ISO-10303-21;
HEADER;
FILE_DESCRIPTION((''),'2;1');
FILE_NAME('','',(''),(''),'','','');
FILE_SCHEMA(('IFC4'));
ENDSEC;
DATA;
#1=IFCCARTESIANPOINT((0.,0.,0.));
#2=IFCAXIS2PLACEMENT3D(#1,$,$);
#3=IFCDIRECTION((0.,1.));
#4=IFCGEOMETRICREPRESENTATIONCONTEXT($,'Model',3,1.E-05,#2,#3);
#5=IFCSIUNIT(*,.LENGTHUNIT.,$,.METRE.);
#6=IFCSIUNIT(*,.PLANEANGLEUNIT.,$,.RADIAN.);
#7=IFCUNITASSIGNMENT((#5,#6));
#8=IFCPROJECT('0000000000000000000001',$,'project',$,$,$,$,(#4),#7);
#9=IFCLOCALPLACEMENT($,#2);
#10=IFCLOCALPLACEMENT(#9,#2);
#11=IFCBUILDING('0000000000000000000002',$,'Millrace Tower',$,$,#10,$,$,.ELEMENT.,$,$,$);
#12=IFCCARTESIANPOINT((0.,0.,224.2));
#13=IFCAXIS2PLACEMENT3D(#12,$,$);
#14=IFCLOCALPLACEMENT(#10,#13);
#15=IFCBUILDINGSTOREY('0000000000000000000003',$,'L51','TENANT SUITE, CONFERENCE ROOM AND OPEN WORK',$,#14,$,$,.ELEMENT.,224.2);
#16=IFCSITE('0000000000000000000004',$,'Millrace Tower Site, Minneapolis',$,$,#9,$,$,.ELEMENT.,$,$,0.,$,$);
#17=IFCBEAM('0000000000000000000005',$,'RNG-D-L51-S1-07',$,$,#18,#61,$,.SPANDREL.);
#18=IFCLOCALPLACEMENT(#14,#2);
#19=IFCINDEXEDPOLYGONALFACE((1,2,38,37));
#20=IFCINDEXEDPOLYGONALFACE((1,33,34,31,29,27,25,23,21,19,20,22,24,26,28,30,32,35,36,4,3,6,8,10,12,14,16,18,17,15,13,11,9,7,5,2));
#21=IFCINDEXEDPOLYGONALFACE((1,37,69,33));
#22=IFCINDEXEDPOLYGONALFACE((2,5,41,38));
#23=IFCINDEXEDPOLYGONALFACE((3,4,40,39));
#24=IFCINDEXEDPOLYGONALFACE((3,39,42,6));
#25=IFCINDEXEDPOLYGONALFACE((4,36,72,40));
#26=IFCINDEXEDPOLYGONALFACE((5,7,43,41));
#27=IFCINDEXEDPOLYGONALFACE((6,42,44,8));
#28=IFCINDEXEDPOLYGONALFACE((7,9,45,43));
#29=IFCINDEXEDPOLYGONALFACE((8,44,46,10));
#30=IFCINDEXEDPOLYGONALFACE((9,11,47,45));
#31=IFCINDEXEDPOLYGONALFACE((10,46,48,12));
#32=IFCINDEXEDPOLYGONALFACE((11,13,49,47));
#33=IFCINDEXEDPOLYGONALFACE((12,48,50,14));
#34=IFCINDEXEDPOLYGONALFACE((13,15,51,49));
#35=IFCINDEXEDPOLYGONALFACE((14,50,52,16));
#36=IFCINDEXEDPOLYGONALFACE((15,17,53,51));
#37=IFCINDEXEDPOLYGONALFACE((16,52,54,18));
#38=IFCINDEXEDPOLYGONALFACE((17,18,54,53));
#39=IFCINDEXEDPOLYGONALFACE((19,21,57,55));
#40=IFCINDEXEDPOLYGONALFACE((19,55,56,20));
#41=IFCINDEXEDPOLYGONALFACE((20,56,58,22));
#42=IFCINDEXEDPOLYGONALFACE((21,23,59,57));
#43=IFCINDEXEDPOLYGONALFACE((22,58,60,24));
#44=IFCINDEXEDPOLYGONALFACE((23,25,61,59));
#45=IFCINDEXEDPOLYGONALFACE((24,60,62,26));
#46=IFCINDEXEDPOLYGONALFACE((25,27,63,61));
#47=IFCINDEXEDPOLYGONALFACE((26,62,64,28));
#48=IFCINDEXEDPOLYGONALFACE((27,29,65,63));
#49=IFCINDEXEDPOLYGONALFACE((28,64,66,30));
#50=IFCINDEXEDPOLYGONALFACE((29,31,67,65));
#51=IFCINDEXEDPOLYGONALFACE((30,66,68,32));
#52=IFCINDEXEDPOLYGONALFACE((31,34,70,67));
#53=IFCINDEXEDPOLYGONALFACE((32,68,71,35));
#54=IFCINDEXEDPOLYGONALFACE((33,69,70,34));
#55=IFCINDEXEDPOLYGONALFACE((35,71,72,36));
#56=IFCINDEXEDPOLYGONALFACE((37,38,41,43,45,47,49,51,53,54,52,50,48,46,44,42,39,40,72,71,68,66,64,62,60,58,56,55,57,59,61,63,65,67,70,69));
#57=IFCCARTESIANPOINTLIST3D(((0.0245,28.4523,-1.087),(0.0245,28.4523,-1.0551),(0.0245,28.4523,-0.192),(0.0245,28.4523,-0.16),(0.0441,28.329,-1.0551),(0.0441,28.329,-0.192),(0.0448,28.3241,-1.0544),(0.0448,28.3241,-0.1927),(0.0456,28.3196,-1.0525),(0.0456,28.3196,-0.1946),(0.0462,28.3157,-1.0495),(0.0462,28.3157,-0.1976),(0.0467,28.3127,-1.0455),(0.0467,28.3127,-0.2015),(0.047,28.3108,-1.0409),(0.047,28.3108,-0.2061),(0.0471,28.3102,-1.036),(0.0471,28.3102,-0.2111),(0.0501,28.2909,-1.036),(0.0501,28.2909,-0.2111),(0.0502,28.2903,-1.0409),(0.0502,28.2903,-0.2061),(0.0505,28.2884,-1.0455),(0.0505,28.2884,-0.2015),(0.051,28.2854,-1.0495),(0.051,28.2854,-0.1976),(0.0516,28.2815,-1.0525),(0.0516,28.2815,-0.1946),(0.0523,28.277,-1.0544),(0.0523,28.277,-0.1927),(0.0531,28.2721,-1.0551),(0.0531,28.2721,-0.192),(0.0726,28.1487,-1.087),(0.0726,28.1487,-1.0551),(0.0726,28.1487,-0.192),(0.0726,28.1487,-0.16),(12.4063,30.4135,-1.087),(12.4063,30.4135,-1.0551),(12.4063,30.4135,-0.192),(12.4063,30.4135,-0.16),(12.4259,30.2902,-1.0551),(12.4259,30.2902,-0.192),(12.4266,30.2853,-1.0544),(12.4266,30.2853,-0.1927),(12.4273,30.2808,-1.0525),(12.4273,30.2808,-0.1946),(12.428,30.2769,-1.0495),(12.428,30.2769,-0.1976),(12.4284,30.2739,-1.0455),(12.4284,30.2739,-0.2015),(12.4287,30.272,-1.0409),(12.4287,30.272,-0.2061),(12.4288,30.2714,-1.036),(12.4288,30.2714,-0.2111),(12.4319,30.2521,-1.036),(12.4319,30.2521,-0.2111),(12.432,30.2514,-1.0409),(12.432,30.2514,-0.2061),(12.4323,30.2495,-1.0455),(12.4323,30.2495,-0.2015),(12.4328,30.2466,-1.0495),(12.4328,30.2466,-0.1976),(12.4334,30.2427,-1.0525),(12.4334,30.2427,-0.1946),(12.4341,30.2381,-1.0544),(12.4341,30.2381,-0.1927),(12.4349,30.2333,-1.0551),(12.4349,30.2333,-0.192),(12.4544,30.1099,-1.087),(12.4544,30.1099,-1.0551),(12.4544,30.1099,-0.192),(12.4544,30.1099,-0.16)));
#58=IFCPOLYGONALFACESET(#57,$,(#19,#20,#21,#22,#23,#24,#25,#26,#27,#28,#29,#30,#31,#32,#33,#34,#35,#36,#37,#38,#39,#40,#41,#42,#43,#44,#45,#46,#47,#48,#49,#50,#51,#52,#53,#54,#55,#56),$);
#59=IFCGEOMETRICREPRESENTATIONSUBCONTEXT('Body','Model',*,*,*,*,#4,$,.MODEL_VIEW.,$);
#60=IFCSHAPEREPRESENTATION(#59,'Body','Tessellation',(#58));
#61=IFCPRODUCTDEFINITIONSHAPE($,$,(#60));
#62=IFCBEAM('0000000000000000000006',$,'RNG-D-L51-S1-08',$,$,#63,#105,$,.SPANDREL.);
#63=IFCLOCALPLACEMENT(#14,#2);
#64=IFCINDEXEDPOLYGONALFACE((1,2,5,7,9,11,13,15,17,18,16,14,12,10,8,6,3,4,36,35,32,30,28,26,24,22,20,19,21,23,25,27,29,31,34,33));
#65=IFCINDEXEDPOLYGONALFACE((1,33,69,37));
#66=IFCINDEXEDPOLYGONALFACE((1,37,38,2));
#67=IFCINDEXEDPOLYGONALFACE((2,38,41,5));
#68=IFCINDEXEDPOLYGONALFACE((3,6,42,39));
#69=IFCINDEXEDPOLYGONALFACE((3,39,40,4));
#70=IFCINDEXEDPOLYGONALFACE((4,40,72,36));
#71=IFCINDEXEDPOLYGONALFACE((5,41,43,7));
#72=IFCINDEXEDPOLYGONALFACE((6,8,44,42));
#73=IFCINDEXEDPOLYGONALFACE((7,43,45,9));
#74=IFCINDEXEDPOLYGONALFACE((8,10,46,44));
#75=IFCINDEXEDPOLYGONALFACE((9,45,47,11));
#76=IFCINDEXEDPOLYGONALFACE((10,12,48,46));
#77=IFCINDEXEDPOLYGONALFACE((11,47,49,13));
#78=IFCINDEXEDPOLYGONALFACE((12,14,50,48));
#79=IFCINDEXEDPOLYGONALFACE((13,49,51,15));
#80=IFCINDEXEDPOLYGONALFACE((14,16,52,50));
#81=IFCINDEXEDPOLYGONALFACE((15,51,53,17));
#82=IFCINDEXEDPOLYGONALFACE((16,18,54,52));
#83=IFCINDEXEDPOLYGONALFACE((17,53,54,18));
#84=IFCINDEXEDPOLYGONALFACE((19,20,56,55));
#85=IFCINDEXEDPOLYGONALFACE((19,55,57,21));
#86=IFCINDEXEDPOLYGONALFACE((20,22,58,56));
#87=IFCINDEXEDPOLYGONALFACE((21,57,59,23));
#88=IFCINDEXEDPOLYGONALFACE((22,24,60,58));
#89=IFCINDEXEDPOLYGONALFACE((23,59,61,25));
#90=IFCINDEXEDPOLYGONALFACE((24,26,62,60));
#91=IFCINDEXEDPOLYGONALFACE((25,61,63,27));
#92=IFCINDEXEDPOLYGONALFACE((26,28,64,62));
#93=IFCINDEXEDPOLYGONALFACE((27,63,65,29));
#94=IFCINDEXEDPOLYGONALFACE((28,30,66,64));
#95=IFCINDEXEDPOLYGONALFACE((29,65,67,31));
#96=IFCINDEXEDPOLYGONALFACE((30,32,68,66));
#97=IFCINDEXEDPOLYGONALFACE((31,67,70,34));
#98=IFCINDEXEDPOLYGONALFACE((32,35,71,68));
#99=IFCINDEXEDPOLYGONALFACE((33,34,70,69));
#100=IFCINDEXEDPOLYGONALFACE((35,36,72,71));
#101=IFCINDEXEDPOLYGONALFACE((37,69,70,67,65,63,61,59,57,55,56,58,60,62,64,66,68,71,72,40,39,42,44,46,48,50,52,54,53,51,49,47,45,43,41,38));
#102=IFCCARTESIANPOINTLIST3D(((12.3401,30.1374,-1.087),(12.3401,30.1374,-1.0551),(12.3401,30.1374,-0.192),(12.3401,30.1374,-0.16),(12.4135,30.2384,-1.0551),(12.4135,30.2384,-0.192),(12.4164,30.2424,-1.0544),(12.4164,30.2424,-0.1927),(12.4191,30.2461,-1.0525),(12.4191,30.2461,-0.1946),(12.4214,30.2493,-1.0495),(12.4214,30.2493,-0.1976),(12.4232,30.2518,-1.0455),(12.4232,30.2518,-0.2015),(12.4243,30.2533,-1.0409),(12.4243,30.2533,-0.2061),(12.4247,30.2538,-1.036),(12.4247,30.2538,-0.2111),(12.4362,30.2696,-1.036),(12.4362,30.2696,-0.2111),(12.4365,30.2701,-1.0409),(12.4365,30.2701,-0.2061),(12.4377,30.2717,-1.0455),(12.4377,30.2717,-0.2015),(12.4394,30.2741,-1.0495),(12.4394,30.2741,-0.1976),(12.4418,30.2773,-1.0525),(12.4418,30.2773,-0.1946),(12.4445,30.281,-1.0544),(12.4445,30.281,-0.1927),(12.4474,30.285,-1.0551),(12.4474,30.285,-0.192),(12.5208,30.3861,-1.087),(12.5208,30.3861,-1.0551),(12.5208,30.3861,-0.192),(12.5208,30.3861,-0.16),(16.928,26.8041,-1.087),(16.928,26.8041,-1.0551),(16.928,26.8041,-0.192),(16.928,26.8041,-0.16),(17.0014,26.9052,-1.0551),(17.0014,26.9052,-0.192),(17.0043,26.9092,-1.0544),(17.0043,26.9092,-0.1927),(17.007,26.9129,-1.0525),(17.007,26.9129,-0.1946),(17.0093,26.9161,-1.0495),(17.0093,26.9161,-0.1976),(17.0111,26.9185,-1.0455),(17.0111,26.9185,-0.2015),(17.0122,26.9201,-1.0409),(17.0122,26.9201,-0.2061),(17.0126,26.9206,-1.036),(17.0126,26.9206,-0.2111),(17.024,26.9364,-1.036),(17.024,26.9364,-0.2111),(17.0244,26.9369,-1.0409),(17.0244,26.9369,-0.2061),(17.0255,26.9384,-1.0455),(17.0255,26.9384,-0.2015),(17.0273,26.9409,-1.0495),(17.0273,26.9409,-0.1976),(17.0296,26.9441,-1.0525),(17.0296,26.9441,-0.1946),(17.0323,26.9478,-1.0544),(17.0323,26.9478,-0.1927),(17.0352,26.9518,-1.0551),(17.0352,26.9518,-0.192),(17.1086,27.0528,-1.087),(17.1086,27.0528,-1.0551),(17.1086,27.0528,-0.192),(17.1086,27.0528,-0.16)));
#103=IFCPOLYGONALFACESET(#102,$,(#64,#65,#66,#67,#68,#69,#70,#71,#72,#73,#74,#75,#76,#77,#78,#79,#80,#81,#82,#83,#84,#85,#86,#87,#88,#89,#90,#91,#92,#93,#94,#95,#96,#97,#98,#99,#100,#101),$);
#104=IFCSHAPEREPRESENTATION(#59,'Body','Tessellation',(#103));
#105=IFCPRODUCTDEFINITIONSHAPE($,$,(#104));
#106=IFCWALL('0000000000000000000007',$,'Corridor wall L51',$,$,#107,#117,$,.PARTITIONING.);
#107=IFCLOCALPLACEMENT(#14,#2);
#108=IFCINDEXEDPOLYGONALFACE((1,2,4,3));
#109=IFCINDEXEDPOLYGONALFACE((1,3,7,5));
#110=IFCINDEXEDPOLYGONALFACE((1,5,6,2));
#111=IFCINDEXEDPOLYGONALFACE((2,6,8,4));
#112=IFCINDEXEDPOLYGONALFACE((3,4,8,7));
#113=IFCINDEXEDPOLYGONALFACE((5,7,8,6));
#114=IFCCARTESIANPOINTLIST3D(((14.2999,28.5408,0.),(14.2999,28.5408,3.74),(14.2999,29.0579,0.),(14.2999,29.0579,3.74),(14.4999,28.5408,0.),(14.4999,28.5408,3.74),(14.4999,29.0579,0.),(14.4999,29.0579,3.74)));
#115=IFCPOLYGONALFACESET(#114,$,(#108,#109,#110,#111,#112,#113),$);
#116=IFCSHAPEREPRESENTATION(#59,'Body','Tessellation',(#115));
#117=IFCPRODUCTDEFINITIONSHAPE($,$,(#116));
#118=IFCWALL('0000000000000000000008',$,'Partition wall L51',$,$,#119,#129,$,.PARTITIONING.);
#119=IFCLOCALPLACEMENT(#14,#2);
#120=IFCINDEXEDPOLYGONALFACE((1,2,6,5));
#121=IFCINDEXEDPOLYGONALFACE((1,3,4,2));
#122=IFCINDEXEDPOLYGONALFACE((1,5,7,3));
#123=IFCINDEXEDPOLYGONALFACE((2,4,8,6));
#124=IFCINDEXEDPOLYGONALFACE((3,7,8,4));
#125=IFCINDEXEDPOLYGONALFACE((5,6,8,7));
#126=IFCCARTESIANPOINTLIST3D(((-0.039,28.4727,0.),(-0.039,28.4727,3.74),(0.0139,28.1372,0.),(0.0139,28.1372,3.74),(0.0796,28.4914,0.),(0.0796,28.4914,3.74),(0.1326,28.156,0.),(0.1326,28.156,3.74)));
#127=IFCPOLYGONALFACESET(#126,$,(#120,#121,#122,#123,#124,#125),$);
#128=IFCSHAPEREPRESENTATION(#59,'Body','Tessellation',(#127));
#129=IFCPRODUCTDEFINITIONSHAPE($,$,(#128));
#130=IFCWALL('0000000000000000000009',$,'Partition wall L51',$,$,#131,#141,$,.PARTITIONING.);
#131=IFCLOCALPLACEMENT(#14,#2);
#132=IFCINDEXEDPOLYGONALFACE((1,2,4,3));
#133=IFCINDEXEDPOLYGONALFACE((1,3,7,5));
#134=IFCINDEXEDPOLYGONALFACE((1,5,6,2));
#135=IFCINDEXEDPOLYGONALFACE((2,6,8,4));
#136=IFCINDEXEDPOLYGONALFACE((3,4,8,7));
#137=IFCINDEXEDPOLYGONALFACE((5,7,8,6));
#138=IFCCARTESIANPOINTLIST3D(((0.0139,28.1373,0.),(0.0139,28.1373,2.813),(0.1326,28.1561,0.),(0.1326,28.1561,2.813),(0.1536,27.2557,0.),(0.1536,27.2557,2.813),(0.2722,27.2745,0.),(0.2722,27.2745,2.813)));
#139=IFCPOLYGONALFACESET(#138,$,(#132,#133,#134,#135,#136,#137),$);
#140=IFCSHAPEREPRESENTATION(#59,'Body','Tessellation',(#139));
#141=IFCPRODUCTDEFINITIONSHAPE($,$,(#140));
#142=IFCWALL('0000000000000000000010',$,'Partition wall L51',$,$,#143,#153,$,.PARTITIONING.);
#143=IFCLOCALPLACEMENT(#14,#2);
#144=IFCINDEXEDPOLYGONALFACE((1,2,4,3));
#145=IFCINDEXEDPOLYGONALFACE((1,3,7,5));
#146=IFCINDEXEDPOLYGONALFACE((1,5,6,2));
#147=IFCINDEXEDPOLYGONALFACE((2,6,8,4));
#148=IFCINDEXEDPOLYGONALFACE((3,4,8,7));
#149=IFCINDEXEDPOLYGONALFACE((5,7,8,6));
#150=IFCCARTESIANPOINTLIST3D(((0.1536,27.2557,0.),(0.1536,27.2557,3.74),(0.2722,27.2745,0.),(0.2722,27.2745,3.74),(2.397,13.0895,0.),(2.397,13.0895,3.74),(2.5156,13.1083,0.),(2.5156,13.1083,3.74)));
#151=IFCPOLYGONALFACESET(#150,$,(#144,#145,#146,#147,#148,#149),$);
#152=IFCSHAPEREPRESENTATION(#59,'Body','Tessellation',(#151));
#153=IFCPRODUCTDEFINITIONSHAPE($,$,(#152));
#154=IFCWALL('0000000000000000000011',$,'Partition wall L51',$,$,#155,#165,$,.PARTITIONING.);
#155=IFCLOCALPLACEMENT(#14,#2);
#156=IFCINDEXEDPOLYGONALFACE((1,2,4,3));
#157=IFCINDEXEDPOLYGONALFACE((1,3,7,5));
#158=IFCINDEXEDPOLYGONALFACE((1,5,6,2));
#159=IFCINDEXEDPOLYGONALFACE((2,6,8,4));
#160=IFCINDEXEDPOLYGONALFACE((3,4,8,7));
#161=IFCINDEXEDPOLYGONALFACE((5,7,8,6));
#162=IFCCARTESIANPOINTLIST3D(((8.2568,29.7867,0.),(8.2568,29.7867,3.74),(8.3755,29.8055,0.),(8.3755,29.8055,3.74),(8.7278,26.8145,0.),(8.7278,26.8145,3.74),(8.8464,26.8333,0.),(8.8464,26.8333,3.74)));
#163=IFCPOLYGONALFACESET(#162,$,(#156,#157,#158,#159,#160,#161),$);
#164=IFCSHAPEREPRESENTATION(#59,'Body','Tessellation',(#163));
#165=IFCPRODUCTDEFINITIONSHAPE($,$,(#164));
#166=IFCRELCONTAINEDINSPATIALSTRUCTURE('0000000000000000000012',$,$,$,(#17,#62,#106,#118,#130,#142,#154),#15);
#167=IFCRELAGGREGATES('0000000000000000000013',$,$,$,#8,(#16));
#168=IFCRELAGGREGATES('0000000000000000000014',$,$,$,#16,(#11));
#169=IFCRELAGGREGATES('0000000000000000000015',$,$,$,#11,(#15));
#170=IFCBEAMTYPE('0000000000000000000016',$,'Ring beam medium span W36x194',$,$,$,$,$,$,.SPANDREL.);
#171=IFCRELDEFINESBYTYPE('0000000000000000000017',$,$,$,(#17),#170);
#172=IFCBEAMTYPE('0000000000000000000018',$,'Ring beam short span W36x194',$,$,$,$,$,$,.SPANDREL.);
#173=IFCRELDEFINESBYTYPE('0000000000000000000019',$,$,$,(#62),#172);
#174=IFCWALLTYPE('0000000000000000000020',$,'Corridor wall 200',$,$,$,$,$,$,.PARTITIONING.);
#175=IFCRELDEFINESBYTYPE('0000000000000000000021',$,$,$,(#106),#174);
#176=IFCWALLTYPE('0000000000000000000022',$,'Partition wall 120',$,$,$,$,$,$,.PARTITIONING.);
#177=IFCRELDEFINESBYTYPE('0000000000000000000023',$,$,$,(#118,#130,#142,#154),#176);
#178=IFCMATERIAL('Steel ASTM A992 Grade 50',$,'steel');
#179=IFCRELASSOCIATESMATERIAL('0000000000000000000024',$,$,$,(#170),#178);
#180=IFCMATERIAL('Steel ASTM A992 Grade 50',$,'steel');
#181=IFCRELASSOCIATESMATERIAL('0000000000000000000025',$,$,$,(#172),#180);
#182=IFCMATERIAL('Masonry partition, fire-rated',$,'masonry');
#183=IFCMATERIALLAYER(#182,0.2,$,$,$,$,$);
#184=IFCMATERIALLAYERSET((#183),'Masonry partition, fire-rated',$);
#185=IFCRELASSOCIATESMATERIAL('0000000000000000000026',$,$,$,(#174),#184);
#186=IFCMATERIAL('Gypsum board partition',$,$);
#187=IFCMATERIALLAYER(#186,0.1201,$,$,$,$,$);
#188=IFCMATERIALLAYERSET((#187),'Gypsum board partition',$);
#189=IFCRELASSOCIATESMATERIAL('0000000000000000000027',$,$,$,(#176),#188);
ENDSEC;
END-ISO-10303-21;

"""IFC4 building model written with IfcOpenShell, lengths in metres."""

from ifc_helpers import new_model, si_unit, direction, frame, frame_2d, origin, origin_2d, place, context, subcontext, project, spatial, rectangle, i_section, extrude, material, layer, layer_set, material_profile, profile_set, type_object, element, save


model = new_model("IFC4")

# Units and contexts
model_context = context("Model", 3, precision=1e-05, world=origin(), true_north=direction((0.0, 1.0)))
body_context = subcontext(model_context, "Body", "Model", "MODEL_VIEW")
ifc_project = project(units=[si_unit("LENGTHUNIT", "METRE"), si_unit("PLANEANGLEUNIT", "RADIAN")], contexts=[model_context])

# Site, building, storey
site_placement = place(None, origin())
site = spatial("IfcSite", under=ifc_project, at=site_placement, Name="Millrace Tower Site, Minneapolis", CompositionType="ELEMENT", RefElevation=0.0)
building_placement = place(site_placement, origin())
building = spatial("IfcBuilding", under=site, at=building_placement, Name="Millrace Tower", CompositionType="ELEMENT")
storey_placement = place(building_placement, frame((0.0, 0.0, 224.2)))
storey = spatial("IfcBuildingStorey", under=building, at=storey_placement, Name="L51", Description="TENANT SUITE, CONFERENCE ROOM AND OPEN WORK", CompositionType="ELEMENT", Elevation=224.2)

# Beams
ifc_material_1 = material(Name="Steel ASTM A992 Grade 50", Category="steel")
ifc_material_profile_1 = material_profile(ifc_material_1, i_section(OverallWidth=0.3074, OverallDepth=0.927, WebThickness=0.0195, FlangeThickness=0.032, FilletRadius=0.019, at=origin_2d()))
ifc_profile_set_1 = profile_set([ifc_material_profile_1], Name="Steel ASTM A992 Grade 50")
beam_type_1 = type_object("IfcBeamType", Name="Ring beam medium span W36x194", PredefinedType="SPANDREL", material=ifc_profile_set_1)
beam_1_placement = place(storey_placement, frame((0.0486, 28.3005, -0.6235), z_axis=(0.987687, 0.156442, 0.0), x_axis=(-0.156442, 0.987687, 0.0)))
element("IfcBeam", 1, at=beam_1_placement, inside=storey, type_object=beam_type_1, Name="RNG-D-L51-S1-07", PredefinedType="SPANDREL", context=body_context, shape_type="SweptSolid", body=[
    extrude(i_section(OverallWidth=0.3074, OverallDepth=0.927, WebThickness=0.0195, FlangeThickness=0.032, FilletRadius=0.019, at=origin_2d()), origin(), (0.0, 0.0, 1.0), 12.5361),
])
ifc_material_2 = material(Name="Steel ASTM A992 Grade 50", Category="steel")
ifc_material_profile_2 = material_profile(ifc_material_2, i_section(OverallWidth=0.3074, OverallDepth=0.927, WebThickness=0.0195, FlangeThickness=0.032, FilletRadius=0.019, at=origin_2d()))
ifc_profile_set_2 = profile_set([ifc_material_profile_2], Name="Steel ASTM A992 Grade 50")
beam_type_2 = type_object("IfcBeamType", Name="Ring beam short span W36x194", PredefinedType="SPANDREL", material=ifc_profile_set_2)
beam_2_placement = place(storey_placement, frame((12.4304, 30.2617, -0.6235), z_axis=(0.809021, -0.58778, 0.0), x_axis=(0.58778, 0.809021, 0.0)))
element("IfcBeam", 2, at=beam_2_placement, inside=storey, type_object=beam_type_2, Name="RNG-D-L51-S1-08", PredefinedType="SPANDREL", context=body_context, shape_type="SweptSolid", body=[
    extrude(i_section(OverallWidth=0.3074, OverallDepth=0.927, WebThickness=0.0195, FlangeThickness=0.032, FilletRadius=0.019, at=origin_2d()), origin(), (0.0, 0.0, 1.0), 5.6709),
])

# Walls
ifc_material_3 = material(Name="Masonry partition, fire-rated", Category="masonry")
ifc_layer_1 = layer(ifc_material_3, 0.2)
ifc_layer_set_1 = layer_set([ifc_layer_1], Name="Masonry partition, fire-rated")
wall_type_1 = type_object("IfcWallType", Name="Corridor wall 200", PredefinedType="PARTITIONING", material=ifc_layer_set_1)
wall_1_placement = place(storey_placement, frame((14.3999, 28.5408, 0.0), z_axis=(0.0, 0.0, 1.0), x_axis=(0.0, 1.0, 0.0)))
element("IfcWall", 3, at=wall_1_placement, inside=storey, type_object=wall_type_1, Name="Corridor wall L51", PredefinedType="PARTITIONING", context=body_context, shape_type="SweptSolid", body=[
    extrude(rectangle(XDim=0.5171, YDim=0.2, at=frame_2d((0.2585, 0.0))), origin(), (0.0, 0.0, 1.0), 3.74),
])
ifc_material_4 = material(Name="Gypsum board partition")
ifc_layer_2 = layer(ifc_material_4, 0.1201)
ifc_layer_set_2 = layer_set([ifc_layer_2], Name="Gypsum board partition")
wall_type_2 = type_object("IfcWallType", Name="Partition wall 120", PredefinedType="PARTITIONING", material=ifc_layer_set_2)
wall_2_placement = place(storey_placement, frame((0.0203, 28.4822, 0.0), z_axis=(0.0, 0.0, 1.0), x_axis=(0.155999, -0.987757, 0.0)))
element("IfcWall", 4, at=wall_2_placement, inside=storey, type_object=wall_type_2, Name="Partition wall L51", PredefinedType="PARTITIONING", context=body_context, shape_type="SweptSolid", body=[
    extrude(rectangle(XDim=0.3396, YDim=0.1201, at=frame_2d((0.1699, 0.0))), origin(), (0.0, 0.0, 1.0), 3.74),
])
wall_3_placement = place(storey_placement, frame((0.0732, 28.1467, 0.0), z_axis=(0.0, 0.0, 1.0), x_axis=(0.156454, -0.987685, 0.0)))
element("IfcWall", 5, at=wall_3_placement, inside=storey, type_object=wall_type_2, Name="Partition wall L51", PredefinedType="PARTITIONING", context=body_context, shape_type="SweptSolid", body=[
    extrude(rectangle(XDim=0.8926, YDim=0.1201, at=frame_2d((0.4463, 0.0))), origin(), (0.0, 0.0, 1.0), 2.813),
])
wall_4_placement = place(storey_placement, frame((0.2129, 27.2651, 0.0), z_axis=(0.0, 0.0, 1.0), x_axis=(0.156414, -0.987692, 0.0)))
element("IfcWall", 6, at=wall_4_placement, inside=storey, type_object=wall_type_2, Name="Partition wall L51", PredefinedType="PARTITIONING", context=body_context, shape_type="SweptSolid", body=[
    extrude(rectangle(XDim=14.3428, YDim=0.1201, at=frame_2d((7.1714, 0.0))), origin(), (0.0, 0.0, 1.0), 3.74),
])
wall_5_placement = place(storey_placement, frame((8.3162, 29.7961, 0.0), z_axis=(0.0, 0.0, 1.0), x_axis=(0.1565, -0.987678, 0.0)))
element("IfcWall", 7, at=wall_5_placement, inside=storey, type_object=wall_type_2, Name="Partition wall L51", PredefinedType="PARTITIONING", context=body_context, shape_type="SweptSolid", body=[
    extrude(rectangle(XDim=3.0093, YDim=0.1201, at=frame_2d((1.5046, 0.0))), origin(), (0.0, 0.0, 1.0), 3.74),
])

save(model, "model.ifc")
